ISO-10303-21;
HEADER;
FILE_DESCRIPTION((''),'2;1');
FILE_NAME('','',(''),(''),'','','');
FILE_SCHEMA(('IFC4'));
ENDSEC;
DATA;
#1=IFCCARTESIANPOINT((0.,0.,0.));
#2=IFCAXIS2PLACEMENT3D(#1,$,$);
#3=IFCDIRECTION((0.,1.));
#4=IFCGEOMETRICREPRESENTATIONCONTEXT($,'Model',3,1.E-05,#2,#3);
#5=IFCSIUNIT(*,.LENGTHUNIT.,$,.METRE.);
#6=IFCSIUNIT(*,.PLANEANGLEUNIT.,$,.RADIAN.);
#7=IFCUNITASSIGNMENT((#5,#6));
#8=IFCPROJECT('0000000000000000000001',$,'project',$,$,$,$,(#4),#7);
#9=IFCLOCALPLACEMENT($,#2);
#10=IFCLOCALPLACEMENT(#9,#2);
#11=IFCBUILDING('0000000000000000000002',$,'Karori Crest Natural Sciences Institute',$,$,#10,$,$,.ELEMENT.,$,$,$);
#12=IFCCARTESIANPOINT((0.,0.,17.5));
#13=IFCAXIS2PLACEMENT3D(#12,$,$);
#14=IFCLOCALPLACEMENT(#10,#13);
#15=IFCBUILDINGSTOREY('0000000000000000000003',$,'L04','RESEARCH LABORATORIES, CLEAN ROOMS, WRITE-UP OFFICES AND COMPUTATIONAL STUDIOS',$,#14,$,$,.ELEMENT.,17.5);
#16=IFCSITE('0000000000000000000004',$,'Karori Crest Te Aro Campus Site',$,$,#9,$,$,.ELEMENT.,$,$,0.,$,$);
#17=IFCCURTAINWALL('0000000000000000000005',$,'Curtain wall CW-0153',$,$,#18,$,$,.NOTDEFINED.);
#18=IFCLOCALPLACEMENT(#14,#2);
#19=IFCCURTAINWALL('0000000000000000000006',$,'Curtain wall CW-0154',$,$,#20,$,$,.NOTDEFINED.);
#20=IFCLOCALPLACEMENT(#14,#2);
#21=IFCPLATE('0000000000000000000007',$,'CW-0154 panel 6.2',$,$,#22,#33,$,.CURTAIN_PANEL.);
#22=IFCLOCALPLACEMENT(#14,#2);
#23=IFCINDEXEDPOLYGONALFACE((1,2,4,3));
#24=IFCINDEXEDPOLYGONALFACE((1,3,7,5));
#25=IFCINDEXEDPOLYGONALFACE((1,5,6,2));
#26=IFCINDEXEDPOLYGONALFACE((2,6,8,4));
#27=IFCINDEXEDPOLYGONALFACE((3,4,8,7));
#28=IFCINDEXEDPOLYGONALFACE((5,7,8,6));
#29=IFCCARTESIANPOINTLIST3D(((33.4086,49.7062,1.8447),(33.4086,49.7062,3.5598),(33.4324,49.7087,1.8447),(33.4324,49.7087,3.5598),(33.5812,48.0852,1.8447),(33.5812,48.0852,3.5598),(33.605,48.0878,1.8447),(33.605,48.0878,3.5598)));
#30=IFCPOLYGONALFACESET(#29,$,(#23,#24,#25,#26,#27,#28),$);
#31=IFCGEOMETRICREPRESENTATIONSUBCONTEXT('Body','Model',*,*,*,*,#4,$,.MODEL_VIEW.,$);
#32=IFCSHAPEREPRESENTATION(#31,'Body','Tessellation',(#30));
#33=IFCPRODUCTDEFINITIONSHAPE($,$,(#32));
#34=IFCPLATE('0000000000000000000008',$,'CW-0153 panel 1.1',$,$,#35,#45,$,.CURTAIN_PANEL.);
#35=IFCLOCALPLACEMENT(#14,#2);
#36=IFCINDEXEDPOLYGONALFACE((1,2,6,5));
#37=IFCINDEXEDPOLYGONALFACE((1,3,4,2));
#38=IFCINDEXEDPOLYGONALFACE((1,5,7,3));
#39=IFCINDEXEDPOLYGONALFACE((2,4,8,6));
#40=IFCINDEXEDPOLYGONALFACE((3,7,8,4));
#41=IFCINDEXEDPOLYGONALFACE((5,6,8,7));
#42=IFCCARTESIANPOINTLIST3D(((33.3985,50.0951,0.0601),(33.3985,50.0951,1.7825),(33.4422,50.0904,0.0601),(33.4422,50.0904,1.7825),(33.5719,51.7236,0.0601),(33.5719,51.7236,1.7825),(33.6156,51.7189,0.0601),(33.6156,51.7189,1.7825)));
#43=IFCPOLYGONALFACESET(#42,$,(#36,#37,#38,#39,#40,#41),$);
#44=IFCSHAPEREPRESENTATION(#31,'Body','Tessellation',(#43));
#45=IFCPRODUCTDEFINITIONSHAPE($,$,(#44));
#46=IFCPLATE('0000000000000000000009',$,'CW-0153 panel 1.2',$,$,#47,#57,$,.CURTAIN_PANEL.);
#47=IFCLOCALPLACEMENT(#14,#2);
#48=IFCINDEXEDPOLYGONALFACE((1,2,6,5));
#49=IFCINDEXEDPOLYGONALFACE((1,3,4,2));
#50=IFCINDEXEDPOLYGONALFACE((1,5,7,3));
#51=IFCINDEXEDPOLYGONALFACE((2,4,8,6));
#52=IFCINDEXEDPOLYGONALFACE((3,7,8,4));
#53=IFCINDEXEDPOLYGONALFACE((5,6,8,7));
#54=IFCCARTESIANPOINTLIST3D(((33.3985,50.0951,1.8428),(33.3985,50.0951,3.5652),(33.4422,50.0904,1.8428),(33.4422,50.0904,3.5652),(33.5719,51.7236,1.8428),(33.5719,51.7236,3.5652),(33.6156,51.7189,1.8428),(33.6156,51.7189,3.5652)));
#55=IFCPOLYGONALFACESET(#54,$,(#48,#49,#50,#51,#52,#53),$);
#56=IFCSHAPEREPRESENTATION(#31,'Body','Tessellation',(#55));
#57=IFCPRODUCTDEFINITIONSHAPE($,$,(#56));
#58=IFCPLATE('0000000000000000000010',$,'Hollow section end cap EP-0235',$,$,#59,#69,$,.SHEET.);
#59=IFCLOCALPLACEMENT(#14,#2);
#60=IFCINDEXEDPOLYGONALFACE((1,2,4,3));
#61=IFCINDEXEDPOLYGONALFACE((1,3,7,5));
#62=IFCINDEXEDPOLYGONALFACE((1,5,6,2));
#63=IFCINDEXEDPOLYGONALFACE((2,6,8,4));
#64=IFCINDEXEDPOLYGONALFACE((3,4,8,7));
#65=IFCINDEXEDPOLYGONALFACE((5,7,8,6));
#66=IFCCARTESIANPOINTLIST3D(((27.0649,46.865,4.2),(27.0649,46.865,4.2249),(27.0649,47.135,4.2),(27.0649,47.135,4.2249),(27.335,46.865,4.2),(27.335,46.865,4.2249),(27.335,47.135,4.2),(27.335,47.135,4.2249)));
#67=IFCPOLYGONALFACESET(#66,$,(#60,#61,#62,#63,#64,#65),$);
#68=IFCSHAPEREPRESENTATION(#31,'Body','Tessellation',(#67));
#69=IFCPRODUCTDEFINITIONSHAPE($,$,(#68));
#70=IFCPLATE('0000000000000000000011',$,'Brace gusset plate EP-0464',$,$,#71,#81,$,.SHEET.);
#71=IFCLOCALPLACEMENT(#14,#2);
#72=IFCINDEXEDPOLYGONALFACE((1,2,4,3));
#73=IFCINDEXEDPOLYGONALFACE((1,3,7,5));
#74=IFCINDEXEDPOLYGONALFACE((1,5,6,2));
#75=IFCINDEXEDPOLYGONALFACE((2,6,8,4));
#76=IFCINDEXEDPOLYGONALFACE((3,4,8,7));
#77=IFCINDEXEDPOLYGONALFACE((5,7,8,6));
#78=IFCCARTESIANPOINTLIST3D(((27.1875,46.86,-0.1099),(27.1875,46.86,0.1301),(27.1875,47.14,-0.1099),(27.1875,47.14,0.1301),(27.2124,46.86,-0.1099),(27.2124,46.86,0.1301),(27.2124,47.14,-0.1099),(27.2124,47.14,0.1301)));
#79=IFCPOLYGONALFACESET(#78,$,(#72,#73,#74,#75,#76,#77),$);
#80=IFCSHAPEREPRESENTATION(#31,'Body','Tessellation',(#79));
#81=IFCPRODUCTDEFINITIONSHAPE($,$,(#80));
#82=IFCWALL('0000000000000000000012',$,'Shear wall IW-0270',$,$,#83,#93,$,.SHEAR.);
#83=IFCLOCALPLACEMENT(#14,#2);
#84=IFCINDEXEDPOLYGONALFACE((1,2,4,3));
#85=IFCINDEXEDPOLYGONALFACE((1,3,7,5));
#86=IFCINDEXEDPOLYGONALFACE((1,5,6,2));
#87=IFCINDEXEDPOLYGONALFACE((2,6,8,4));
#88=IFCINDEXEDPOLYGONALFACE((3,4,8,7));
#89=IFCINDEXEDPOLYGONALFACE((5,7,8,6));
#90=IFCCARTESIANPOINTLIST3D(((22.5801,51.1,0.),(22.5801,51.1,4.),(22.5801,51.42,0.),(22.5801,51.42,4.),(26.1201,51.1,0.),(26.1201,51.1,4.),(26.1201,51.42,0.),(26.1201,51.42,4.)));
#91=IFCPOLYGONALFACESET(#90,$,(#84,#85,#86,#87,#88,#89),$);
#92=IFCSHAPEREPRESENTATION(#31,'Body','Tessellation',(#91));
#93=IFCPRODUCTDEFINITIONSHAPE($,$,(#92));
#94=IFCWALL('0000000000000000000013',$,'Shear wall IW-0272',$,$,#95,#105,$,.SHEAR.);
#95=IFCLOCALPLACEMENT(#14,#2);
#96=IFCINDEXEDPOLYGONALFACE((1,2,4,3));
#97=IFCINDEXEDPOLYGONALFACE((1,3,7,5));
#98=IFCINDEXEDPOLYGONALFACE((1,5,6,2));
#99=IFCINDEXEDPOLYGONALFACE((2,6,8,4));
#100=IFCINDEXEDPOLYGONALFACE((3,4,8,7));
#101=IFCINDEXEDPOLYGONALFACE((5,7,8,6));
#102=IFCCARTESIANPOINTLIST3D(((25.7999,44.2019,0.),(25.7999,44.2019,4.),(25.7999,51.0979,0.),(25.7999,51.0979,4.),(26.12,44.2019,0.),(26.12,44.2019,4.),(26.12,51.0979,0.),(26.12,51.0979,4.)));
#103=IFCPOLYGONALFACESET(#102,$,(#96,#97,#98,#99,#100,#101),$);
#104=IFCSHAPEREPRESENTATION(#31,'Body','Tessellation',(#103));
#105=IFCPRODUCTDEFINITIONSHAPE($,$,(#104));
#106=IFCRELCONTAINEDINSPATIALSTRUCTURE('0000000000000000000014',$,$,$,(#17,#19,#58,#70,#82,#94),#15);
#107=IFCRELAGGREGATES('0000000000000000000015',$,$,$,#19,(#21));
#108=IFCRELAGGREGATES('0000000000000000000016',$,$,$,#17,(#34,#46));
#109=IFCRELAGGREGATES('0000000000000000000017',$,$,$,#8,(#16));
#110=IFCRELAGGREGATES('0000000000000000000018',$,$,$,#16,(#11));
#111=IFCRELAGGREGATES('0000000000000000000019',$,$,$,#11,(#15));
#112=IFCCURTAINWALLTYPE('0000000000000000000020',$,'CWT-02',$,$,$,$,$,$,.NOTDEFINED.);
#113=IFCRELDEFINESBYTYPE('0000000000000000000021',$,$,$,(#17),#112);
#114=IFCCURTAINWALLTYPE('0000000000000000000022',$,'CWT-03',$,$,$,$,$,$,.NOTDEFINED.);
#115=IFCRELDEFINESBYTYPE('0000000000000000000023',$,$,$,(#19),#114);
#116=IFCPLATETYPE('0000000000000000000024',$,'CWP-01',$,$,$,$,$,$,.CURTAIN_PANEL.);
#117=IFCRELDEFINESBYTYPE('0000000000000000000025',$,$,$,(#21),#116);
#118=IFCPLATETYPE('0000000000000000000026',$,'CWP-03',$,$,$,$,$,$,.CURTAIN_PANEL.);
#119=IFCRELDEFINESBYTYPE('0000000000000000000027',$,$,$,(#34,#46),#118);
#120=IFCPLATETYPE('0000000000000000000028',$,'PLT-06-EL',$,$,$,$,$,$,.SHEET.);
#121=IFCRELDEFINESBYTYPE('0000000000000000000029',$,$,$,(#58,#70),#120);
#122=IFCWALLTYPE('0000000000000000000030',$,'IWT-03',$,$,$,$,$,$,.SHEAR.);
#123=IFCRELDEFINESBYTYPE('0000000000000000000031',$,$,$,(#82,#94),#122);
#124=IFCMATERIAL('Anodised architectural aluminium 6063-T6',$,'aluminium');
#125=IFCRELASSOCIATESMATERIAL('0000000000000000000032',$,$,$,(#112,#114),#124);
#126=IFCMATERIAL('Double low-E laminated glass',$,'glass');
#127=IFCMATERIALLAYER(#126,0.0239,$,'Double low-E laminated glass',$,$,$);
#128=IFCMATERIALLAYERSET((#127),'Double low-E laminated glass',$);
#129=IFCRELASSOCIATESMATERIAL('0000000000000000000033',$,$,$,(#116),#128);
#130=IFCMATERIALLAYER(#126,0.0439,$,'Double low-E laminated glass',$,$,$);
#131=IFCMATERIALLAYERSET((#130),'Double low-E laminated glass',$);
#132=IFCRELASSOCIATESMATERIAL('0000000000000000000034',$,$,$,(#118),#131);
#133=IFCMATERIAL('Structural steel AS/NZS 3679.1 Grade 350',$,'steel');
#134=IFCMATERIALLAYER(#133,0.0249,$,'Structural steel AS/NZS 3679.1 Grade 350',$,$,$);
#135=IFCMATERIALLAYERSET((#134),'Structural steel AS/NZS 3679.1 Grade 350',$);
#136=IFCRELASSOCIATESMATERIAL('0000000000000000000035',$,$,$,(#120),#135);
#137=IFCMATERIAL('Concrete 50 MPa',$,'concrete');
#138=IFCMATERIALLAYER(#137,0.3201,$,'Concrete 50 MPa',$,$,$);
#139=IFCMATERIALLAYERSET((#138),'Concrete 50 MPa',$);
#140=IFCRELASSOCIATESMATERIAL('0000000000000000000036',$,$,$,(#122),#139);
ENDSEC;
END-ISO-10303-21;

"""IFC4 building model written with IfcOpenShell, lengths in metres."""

from ifc_helpers import new_model, si_unit, direction, frame, frame_2d, origin, origin_2d, place, context, subcontext, project, spatial, rectangle, extrude, material, layer, layer_set, type_object, element, aggregate, save


model = new_model("IFC4")

# Units and contexts
model_context = context("Model", 3, precision=1e-05, world=origin(), true_north=direction((0.0, 1.0)))
body_context = subcontext(model_context, "Body", "Model", "MODEL_VIEW")
ifc_project = project(units=[si_unit("LENGTHUNIT", "METRE"), si_unit("PLANEANGLEUNIT", "RADIAN")], contexts=[model_context])

# Site, building, storey
site_placement = place(None, origin())
site = spatial("IfcSite", under=ifc_project, at=site_placement, Name="Karori Crest Te Aro Campus Site", CompositionType="ELEMENT", RefElevation=0.0)
building_placement = place(site_placement, origin())
building = spatial("IfcBuilding", under=site, at=building_placement, Name="Karori Crest Natural Sciences Institute", CompositionType="ELEMENT")
storey_placement = place(building_placement, frame((0.0, 0.0, 17.5)))
storey = spatial("IfcBuildingStorey", under=building, at=storey_placement, Name="L04", Description="RESEARCH LABORATORIES, CLEAN ROOMS, WRITE-UP OFFICES AND COMPUTATIONAL STUDIOS", CompositionType="ELEMENT", Elevation=17.5)

# Shared definitions
ifc_material_1 = material(Name="Structural steel AS/NZS 3679.1 Grade 350", Category="steel")

# Curtain walls
ifc_material_2 = material(Name="Anodised architectural aluminium 6063-T6", Category="aluminium")
curtain_wall_type_1 = type_object("IfcCurtainWallType", Name="CWT-02", PredefinedType="NOTDEFINED", material=ifc_material_2)
curtain_wall_1_placement = place(storey_placement, origin())
curtain_wall_1 = element("IfcCurtainWall", 1, at=curtain_wall_1_placement, inside=storey, type_object=curtain_wall_type_1, Name="Curtain wall CW-0153", PredefinedType="NOTDEFINED")
curtain_wall_type_2 = type_object("IfcCurtainWallType", Name="CWT-03", PredefinedType="NOTDEFINED", material=ifc_material_2)
curtain_wall_2_placement = place(storey_placement, origin())
curtain_wall_2 = element("IfcCurtainWall", 2, at=curtain_wall_2_placement, inside=storey, type_object=curtain_wall_type_2, Name="Curtain wall CW-0154", PredefinedType="NOTDEFINED")

# Plates
ifc_material_3 = material(Name="Double low-E laminated glass", Category="glass")
ifc_layer_1 = layer(ifc_material_3, 0.0239, Name="Double low-E laminated glass")
ifc_layer_set_1 = layer_set([ifc_layer_1], Name="Double low-E laminated glass")
plate_type_1 = type_object("IfcPlateType", Name="CWP-01", PredefinedType="CURTAIN_PANEL", material=ifc_layer_set_1)
plate_1_placement = place(storey_placement, frame((33.5068, 48.897, 1.8447), z_axis=(0.0, 0.0, 1.0), x_axis=(-0.105884, 0.994378, 0.0)))
plate_1 = element("IfcPlate", 3, at=plate_1_placement, type_object=plate_type_1, Name="CW-0154 panel 6.2", PredefinedType="CURTAIN_PANEL", context=body_context, shape_type="SweptSolid", body=[
    extrude(rectangle(XDim=1.6301, YDim=0.0239, at=origin_2d()), origin(), (0.0, 0.0, 1.0), 1.7151),
])
aggregate(curtain_wall_2, [plate_1])
ifc_layer_2 = layer(ifc_material_3, 0.0439, Name="Double low-E laminated glass")
ifc_layer_set_2 = layer_set([ifc_layer_2], Name="Double low-E laminated glass")
plate_type_2 = type_object("IfcPlateType", Name="CWP-03", PredefinedType="CURTAIN_PANEL", material=ifc_layer_set_2)
plate_2_placement = place(storey_placement, frame((33.5071, 50.907, 0.0601), z_axis=(0.0, 0.0, 1.0), x_axis=(0.105886, 0.994378, 0.0)))
plate_2 = element("IfcPlate", 4, at=plate_2_placement, type_object=plate_type_2, Name="CW-0153 panel 1.1", PredefinedType="CURTAIN_PANEL", context=body_context, shape_type="SweptSolid", body=[
    extrude(rectangle(XDim=1.6377, YDim=0.0439, at=origin_2d()), origin(), (0.0, 0.0, 1.0), 1.7224),
])
plate_3_placement = place(storey_placement, frame((33.5071, 50.907, 1.8428), z_axis=(0.0, 0.0, 1.0), x_axis=(0.105886, 0.994378, 0.0)))
plate_3 = element("IfcPlate", 5, at=plate_3_placement, type_object=plate_type_2, Name="CW-0153 panel 1.2", PredefinedType="CURTAIN_PANEL", context=body_context, shape_type="SweptSolid", body=[
    extrude(rectangle(XDim=1.6377, YDim=0.0439, at=origin_2d()), origin(), (0.0, 0.0, 1.0), 1.7224),
])
aggregate(curtain_wall_1, [plate_2, plate_3])

# Plates
ifc_layer_3 = layer(ifc_material_1, 0.0249, Name="Structural steel AS/NZS 3679.1 Grade 350")
ifc_layer_set_3 = layer_set([ifc_layer_3], Name="Structural steel AS/NZS 3679.1 Grade 350")
plate_type_3 = type_object("IfcPlateType", Name="PLT-06-EL", PredefinedType="SHEET", material=ifc_layer_set_3)
plate_4_placement = place(storey_placement, frame((27.2, 47.0, 4.2), z_axis=(0.0, 0.0, 1.0), x_axis=(1.0, 0.0, 0.0)))
element("IfcPlate", 6, at=plate_4_placement, inside=storey, type_object=plate_type_3, Name="Hollow section end cap EP-0235", PredefinedType="SHEET", context=body_context, shape_type="SweptSolid", body=[
    extrude(rectangle(XDim=0.27, YDim=0.27, at=origin_2d()), origin(), (0.0, 0.0, 1.0), 0.0249),
])
plate_5_placement = place(storey_placement, frame((27.2, 47.0, -0.1099), z_axis=(0.0, 0.0, 1.0), x_axis=(0.0, 1.0, 0.0)))
element("IfcPlate", 7, at=plate_5_placement, inside=storey, type_object=plate_type_3, Name="Brace gusset plate EP-0464", PredefinedType="SHEET", context=body_context, shape_type="SweptSolid", body=[
    extrude(rectangle(XDim=0.28, YDim=0.0249, at=origin_2d()), origin(), (0.0, 0.0, 1.0), 0.24),
])

# Wall
ifc_material_4 = material(Name="Concrete 50 MPa", Category="concrete")
ifc_layer_4 = layer(ifc_material_4, 0.3201, Name="Concrete 50 MPa")
ifc_layer_set_4 = layer_set([ifc_layer_4], Name="Concrete 50 MPa")
wall_type = type_object("IfcWallType", Name="IWT-03", PredefinedType="SHEAR", material=ifc_layer_set_4)
wall_1_placement = place(storey_placement, frame((22.5801, 51.26, 0.0), z_axis=(0.0, 0.0, 1.0), x_axis=(1.0, 0.0, 0.0)))
element("IfcWall", 8, at=wall_1_placement, inside=storey, type_object=wall_type, Name="Shear wall IW-0270", PredefinedType="SHEAR", context=body_context, shape_type="SweptSolid", body=[
    extrude(rectangle(XDim=3.54, YDim=0.3201, at=frame_2d((1.77, 0.0))), origin(), (0.0, 0.0, 1.0), 4.0),
])

# Wall
wall_2_placement = place(storey_placement, frame((25.96, 44.2019, 0.0), z_axis=(0.0, 0.0, 1.0), x_axis=(0.0, 1.0, 0.0)))
element("IfcWall", 9, at=wall_2_placement, inside=storey, type_object=wall_type, Name="Shear wall IW-0272", PredefinedType="SHEAR", context=body_context, shape_type="SweptSolid", body=[
    extrude(rectangle(XDim=6.896, YDim=0.3201, at=frame_2d((3.448, 0.0))), origin(), (0.0, 0.0, 1.0), 4.0),
])

save(model, "model.ifc")
